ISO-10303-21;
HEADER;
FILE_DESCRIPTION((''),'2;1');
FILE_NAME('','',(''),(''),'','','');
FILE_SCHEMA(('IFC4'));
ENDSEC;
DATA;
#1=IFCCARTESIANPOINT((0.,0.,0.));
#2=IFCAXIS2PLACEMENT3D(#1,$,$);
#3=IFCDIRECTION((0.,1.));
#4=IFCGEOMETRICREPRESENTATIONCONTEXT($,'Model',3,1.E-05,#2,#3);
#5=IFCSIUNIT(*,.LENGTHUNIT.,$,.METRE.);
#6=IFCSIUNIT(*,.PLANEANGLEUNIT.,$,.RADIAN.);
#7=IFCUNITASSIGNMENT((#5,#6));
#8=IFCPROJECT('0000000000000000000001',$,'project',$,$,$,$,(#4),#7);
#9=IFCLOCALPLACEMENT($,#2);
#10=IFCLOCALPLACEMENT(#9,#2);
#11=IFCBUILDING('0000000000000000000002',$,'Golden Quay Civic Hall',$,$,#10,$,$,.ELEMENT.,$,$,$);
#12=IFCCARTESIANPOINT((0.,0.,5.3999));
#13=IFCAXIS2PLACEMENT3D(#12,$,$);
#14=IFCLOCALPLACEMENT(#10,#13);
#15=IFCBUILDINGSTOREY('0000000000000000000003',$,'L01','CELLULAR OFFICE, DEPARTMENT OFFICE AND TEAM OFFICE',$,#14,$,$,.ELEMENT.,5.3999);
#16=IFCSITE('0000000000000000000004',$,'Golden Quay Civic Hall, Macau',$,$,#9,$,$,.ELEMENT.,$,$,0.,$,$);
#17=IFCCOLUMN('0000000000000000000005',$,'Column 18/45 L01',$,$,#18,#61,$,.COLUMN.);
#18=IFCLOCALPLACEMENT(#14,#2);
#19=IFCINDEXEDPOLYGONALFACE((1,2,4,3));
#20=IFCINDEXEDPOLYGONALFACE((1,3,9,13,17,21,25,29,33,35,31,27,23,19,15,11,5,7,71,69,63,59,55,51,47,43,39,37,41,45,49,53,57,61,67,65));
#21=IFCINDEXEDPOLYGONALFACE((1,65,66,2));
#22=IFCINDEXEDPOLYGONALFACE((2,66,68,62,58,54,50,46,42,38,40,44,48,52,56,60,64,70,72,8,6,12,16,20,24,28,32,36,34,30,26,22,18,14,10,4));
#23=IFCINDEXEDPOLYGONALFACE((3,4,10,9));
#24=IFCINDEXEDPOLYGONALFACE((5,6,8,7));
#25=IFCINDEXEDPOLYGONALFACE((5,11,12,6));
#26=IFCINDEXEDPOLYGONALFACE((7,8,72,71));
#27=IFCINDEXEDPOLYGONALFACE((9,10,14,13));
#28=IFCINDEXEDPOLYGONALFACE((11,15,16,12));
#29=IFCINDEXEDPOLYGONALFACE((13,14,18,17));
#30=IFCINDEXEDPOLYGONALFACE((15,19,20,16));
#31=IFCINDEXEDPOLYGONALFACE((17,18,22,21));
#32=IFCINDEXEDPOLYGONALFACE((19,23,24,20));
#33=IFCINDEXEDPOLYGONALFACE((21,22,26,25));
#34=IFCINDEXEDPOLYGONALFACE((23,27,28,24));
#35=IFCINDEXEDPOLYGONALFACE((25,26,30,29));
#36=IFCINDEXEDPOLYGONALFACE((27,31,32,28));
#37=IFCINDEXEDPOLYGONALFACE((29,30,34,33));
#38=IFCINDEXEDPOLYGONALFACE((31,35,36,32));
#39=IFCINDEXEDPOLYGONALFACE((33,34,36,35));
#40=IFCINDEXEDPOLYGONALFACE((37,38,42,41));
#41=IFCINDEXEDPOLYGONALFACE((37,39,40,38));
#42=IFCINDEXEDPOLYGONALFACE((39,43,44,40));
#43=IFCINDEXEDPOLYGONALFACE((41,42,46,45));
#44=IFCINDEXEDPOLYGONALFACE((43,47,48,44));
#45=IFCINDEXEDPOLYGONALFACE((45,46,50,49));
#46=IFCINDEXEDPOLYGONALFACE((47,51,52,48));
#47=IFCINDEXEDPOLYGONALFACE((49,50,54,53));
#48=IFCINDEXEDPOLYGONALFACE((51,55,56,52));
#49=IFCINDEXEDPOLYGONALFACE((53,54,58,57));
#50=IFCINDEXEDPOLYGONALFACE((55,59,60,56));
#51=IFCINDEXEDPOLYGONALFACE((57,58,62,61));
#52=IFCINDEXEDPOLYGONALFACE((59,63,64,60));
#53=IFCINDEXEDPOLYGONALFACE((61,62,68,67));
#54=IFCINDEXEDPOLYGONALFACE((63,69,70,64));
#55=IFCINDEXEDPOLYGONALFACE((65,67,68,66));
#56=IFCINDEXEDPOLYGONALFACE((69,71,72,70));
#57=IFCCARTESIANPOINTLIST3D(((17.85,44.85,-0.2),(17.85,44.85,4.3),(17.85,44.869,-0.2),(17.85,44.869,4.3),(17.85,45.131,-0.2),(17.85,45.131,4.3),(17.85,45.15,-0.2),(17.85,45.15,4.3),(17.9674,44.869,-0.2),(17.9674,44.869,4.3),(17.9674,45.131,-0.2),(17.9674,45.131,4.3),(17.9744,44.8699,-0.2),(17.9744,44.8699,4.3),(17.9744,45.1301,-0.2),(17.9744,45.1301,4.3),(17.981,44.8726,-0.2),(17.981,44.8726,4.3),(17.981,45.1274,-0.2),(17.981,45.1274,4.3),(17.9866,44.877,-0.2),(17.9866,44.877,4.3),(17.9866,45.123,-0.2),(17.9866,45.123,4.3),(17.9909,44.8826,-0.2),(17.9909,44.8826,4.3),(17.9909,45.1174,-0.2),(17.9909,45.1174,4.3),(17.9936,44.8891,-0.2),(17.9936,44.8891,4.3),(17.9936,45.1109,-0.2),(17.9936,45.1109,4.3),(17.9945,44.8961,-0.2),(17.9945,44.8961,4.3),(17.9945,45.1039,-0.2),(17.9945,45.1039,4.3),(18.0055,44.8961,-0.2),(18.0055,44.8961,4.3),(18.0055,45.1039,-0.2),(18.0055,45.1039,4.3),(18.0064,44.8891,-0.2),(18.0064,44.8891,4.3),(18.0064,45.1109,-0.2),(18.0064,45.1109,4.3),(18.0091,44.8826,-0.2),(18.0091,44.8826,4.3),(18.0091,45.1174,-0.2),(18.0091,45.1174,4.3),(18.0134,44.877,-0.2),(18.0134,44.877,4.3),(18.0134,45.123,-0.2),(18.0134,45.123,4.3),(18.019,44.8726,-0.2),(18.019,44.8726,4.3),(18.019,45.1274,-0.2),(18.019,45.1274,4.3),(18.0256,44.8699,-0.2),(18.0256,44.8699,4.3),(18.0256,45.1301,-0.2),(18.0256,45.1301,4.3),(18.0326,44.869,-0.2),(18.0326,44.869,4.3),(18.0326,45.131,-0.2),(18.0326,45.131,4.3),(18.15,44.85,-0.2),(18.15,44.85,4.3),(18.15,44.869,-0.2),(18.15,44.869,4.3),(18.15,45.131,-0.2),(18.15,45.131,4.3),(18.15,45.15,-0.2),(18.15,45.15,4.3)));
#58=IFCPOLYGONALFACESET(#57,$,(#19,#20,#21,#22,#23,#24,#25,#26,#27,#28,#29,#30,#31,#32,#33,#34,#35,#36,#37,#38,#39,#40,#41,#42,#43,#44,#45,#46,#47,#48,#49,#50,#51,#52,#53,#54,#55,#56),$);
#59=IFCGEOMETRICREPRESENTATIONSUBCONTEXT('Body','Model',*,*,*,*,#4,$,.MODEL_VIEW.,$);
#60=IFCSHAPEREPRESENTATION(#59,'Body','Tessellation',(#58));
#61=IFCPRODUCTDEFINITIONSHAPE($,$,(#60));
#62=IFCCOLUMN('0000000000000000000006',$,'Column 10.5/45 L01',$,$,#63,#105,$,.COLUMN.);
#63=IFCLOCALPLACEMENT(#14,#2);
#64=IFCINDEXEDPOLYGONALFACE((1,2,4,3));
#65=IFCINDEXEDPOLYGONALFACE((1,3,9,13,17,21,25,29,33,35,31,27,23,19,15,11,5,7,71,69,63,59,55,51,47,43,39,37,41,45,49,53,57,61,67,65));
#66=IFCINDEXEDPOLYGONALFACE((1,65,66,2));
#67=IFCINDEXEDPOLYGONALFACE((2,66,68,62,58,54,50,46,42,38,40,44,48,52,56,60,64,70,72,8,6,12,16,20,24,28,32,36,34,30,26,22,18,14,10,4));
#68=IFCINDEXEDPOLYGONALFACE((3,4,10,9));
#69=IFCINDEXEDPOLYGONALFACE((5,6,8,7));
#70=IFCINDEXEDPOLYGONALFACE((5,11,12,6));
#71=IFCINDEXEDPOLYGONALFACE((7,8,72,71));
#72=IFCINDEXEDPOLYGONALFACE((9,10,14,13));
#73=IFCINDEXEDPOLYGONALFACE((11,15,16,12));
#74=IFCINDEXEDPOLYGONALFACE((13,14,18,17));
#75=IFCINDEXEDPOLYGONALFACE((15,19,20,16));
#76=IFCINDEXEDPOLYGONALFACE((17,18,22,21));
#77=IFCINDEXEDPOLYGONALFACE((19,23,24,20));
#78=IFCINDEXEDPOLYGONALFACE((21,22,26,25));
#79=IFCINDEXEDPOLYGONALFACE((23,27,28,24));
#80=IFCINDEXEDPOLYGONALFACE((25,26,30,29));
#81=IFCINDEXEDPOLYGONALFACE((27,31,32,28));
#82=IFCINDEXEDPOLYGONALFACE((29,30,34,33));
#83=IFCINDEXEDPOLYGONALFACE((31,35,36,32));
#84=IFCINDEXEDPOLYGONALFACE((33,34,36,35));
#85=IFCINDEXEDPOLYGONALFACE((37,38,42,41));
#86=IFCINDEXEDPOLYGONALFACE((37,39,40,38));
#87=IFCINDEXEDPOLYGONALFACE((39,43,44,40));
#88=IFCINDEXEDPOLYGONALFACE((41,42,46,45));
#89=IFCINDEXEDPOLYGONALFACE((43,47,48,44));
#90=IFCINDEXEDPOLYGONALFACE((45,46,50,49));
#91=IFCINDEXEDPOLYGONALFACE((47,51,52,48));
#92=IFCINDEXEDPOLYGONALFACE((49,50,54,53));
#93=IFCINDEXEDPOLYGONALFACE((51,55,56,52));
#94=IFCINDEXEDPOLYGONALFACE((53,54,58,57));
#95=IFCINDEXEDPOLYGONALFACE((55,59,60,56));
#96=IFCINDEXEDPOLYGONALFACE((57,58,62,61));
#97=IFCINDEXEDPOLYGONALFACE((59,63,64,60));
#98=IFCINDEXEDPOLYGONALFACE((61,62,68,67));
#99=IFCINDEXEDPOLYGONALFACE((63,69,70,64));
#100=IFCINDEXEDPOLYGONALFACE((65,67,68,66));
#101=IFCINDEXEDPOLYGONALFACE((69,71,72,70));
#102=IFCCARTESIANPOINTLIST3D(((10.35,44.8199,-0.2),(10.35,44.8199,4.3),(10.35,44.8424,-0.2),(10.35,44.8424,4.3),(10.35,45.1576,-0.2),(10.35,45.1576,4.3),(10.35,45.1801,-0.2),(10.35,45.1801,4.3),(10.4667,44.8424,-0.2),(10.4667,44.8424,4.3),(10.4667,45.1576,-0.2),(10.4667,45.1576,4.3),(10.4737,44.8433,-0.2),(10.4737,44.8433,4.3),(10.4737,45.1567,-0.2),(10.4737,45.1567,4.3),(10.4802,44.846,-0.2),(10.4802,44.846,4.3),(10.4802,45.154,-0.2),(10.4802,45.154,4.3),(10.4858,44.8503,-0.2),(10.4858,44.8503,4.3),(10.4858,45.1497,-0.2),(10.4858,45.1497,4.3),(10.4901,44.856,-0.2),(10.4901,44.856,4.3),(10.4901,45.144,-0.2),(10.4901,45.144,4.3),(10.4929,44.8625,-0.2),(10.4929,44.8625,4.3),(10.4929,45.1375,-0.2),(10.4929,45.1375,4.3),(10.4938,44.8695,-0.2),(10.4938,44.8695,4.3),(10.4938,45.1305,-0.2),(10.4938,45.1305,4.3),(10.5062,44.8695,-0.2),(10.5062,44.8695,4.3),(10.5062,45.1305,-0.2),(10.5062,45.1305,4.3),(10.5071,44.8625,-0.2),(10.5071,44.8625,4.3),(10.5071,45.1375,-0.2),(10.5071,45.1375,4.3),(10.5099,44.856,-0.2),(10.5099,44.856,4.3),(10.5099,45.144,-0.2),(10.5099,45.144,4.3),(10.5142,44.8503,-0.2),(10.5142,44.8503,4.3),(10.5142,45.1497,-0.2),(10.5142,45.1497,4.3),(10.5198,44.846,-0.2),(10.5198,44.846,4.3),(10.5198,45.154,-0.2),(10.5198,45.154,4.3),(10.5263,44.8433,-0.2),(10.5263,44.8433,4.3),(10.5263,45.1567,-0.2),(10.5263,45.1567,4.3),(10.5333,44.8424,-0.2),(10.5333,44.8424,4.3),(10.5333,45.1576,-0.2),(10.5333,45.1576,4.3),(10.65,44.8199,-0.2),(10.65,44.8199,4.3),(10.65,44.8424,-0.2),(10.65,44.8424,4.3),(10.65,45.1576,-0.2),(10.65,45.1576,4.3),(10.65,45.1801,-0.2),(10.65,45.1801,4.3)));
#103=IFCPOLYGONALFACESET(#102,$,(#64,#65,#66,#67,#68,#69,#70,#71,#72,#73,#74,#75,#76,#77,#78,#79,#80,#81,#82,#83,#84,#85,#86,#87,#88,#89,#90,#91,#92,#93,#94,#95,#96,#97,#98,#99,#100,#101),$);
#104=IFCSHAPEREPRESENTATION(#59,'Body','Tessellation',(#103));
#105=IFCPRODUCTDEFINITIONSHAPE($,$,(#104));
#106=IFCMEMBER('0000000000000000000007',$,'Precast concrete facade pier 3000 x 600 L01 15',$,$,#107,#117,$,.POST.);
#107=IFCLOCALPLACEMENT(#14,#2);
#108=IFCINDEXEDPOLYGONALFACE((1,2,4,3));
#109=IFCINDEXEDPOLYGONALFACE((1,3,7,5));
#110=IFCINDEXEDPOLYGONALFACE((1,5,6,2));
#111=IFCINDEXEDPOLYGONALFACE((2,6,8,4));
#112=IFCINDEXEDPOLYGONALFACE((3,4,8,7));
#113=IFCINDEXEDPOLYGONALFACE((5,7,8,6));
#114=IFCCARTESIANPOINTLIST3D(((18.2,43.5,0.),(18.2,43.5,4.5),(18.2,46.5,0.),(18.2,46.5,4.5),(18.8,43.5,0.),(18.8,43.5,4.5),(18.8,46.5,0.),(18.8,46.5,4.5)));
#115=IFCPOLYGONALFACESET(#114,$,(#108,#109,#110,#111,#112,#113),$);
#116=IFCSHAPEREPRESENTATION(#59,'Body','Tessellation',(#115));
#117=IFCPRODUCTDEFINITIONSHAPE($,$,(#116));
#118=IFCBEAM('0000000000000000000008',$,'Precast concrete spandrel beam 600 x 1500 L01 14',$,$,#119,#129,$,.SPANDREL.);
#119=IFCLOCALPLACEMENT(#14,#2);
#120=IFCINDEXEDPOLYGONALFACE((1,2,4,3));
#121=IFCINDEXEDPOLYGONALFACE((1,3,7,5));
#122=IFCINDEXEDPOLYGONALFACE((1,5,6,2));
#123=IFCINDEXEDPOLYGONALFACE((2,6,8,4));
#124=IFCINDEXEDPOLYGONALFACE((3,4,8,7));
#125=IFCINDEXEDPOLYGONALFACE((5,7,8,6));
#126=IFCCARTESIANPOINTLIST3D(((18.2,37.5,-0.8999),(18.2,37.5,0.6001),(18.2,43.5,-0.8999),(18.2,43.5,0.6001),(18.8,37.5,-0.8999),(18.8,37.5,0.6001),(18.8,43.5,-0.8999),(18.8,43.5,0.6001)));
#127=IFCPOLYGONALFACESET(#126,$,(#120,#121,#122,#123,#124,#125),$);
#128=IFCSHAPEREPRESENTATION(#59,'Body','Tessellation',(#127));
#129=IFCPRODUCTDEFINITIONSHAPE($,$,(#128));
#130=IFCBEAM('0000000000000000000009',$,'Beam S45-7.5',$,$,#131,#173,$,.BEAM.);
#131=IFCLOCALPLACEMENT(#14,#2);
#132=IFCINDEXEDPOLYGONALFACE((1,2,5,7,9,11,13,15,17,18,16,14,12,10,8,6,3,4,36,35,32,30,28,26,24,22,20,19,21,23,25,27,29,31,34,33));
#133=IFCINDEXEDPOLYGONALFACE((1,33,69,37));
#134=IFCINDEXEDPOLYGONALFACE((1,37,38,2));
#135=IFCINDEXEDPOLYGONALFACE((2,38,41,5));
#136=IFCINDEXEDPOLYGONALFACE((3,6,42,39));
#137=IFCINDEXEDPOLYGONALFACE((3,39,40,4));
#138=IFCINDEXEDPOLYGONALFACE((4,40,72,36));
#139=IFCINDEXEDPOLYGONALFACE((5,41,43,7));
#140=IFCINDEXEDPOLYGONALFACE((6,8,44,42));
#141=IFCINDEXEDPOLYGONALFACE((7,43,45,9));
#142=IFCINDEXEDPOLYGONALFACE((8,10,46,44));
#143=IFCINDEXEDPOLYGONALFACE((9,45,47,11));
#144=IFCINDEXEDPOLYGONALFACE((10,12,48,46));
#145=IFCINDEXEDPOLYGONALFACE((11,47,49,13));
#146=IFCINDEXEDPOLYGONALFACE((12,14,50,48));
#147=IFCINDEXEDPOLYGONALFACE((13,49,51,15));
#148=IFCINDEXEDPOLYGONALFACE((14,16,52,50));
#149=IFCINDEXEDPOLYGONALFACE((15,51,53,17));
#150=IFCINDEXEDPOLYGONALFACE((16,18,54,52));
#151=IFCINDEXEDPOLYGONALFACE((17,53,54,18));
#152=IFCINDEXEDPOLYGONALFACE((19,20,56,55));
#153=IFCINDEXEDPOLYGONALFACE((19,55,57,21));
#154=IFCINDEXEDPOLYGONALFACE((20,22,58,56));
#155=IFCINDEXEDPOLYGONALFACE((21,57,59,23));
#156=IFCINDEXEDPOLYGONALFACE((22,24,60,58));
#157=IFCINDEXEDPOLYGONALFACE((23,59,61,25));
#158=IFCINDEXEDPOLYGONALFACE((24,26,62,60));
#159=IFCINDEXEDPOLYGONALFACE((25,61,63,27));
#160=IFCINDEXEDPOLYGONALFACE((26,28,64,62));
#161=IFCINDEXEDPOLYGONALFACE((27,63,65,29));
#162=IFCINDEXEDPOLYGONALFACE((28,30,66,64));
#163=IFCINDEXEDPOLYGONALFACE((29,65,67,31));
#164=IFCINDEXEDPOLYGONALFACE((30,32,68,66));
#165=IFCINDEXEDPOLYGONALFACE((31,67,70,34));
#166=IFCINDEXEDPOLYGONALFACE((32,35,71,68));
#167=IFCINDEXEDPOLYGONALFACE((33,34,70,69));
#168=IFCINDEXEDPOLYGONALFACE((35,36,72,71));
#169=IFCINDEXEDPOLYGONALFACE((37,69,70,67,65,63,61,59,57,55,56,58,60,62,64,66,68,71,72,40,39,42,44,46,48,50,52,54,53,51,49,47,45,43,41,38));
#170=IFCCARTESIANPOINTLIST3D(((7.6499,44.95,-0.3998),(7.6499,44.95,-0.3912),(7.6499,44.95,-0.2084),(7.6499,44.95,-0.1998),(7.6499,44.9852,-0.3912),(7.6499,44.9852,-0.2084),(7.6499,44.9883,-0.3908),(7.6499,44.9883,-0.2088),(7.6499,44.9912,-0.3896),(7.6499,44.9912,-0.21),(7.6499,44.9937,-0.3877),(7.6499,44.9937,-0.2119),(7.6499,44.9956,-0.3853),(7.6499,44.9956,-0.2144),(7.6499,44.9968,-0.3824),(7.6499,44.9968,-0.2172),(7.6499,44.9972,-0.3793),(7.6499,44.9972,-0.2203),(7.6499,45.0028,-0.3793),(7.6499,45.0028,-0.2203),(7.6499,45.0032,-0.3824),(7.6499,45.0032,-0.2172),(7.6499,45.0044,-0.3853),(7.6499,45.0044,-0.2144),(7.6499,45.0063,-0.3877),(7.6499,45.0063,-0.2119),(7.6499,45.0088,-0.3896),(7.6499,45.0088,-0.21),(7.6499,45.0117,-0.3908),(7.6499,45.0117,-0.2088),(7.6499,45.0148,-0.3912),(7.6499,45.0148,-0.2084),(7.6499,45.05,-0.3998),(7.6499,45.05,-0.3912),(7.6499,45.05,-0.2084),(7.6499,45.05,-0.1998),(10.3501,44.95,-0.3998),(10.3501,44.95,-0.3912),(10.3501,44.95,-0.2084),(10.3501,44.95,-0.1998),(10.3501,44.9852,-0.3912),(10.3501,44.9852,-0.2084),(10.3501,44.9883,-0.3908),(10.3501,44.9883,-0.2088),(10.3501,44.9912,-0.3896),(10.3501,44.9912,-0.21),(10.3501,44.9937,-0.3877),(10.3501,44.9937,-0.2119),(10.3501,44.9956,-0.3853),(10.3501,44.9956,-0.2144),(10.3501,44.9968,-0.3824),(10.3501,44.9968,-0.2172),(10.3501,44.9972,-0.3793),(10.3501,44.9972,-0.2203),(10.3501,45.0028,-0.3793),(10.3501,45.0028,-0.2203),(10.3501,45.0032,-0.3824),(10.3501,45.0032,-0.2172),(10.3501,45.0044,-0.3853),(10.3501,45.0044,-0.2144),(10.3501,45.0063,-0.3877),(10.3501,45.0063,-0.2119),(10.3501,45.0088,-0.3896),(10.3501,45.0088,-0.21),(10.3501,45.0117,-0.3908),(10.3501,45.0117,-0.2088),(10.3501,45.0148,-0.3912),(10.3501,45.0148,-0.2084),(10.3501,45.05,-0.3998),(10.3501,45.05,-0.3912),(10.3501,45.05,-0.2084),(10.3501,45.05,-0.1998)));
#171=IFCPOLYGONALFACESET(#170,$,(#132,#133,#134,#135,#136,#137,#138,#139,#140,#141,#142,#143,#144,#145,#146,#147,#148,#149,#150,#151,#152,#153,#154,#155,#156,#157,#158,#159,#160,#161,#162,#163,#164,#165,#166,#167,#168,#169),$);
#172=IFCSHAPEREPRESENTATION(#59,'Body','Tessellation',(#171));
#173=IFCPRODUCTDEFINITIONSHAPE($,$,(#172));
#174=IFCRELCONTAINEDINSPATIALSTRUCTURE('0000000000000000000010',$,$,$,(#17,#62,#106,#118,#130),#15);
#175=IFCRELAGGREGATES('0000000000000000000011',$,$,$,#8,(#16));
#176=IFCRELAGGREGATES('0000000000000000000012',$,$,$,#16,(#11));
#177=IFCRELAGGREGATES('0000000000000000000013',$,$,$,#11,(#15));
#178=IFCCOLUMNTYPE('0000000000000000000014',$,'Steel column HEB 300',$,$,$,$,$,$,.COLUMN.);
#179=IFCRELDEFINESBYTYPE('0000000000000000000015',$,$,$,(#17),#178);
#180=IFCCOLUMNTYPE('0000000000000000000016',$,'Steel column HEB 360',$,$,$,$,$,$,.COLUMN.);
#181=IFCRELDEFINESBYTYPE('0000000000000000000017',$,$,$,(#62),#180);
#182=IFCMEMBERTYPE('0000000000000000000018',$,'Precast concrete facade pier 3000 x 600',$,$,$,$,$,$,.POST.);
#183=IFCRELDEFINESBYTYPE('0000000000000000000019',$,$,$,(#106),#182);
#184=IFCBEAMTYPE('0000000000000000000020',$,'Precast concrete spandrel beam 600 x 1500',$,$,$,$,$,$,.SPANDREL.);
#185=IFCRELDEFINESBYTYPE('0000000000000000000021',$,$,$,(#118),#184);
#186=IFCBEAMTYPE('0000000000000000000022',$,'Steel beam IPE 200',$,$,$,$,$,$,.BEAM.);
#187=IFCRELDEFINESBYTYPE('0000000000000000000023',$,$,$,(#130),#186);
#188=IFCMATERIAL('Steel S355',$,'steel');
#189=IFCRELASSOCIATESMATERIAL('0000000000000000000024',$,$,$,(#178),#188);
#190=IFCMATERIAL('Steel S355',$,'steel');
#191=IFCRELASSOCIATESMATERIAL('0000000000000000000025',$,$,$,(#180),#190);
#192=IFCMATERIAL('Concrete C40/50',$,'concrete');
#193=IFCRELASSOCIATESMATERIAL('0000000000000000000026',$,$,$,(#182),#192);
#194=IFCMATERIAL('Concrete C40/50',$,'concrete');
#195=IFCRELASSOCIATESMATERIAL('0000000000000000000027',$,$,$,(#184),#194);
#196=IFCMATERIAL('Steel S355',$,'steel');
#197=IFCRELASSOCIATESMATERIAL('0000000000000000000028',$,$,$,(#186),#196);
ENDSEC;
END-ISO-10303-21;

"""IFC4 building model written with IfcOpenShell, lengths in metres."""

from ifc_helpers import new_model, si_unit, direction, frame, origin, origin_2d, place, context, subcontext, project, spatial, rectangle, i_section, extrude, material, material_profile, profile_set, type_object, element, save


model = new_model("IFC4")

# Units and contexts
model_context = context("Model", 3, precision=1e-05, world=origin(), true_north=direction((0.0, 1.0)))
body_context = subcontext(model_context, "Body", "Model", "MODEL_VIEW")
ifc_project = project(units=[si_unit("LENGTHUNIT", "METRE"), si_unit("PLANEANGLEUNIT", "RADIAN")], contexts=[model_context])

# Site, building, storey
site_placement = place(None, origin())
site = spatial("IfcSite", under=ifc_project, at=site_placement, Name="Golden Quay Civic Hall, Macau", CompositionType="ELEMENT", RefElevation=0.0)
building_placement = place(site_placement, origin())
building = spatial("IfcBuilding", under=site, at=building_placement, Name="Golden Quay Civic Hall", CompositionType="ELEMENT")
storey_placement = place(building_placement, frame((0.0, 0.0, 5.3999)))
storey = spatial("IfcBuildingStorey", under=building, at=storey_placement, Name="L01", Description="CELLULAR OFFICE, DEPARTMENT OFFICE AND TEAM OFFICE", CompositionType="ELEMENT", Elevation=5.3999)

# Columns
ifc_material_1 = material(Name="Steel S355", Category="steel")
ifc_material_profile_1 = material_profile(ifc_material_1, i_section(OverallWidth=0.3, OverallDepth=0.3, WebThickness=0.011, FlangeThickness=0.019, FilletRadius=0.0271, at=origin_2d()), Name="HEB 300")
ifc_profile_set_1 = profile_set([ifc_material_profile_1], Name="Steel S355")
column_type_1 = type_object("IfcColumnType", Name="Steel column HEB 300", PredefinedType="COLUMN", material=ifc_profile_set_1)
column_1_placement = place(storey_placement, frame((18.0, 45.0, -0.2), z_axis=(0.0, 0.0, 1.0), x_axis=(1.0, 0.0, 0.0)))
element("IfcColumn", 1, at=column_1_placement, inside=storey, type_object=column_type_1, Name="Column 18/45 L01", PredefinedType="COLUMN", context=body_context, shape_type="SweptSolid", body=[
    extrude(i_section(OverallWidth=0.3, OverallDepth=0.3, WebThickness=0.011, FlangeThickness=0.019, FilletRadius=0.0271, at=origin_2d()), origin(), (0.0, 0.0, 1.0), 4.5),
])
ifc_material_2 = material(Name="Steel S355", Category="steel")
ifc_material_profile_2 = material_profile(ifc_material_2, i_section(OverallWidth=0.3, OverallDepth=0.3601, WebThickness=0.0125, FlangeThickness=0.0225, FilletRadius=0.0271, at=origin_2d()), Name="HEB 360")
ifc_profile_set_2 = profile_set([ifc_material_profile_2], Name="Steel S355")
column_type_2 = type_object("IfcColumnType", Name="Steel column HEB 360", PredefinedType="COLUMN", material=ifc_profile_set_2)
column_2_placement = place(storey_placement, frame((10.5, 45.0, -0.2), z_axis=(0.0, 0.0, 1.0), x_axis=(1.0, 0.0, 0.0)))
element("IfcColumn", 2, at=column_2_placement, inside=storey, type_object=column_type_2, Name="Column 10.5/45 L01", PredefinedType="COLUMN", context=body_context, shape_type="SweptSolid", body=[
    extrude(i_section(OverallWidth=0.3, OverallDepth=0.3601, WebThickness=0.0125, FlangeThickness=0.0225, FilletRadius=0.0271, at=origin_2d()), origin(), (0.0, 0.0, 1.0), 4.5),
])

# Member
ifc_material_3 = material(Name="Concrete C40/50", Category="concrete")
ifc_material_profile_3 = material_profile(ifc_material_3, rectangle(XDim=3.0, YDim=0.6001, at=origin_2d()), Name="RC 3000x600")
ifc_profile_set_3 = profile_set([ifc_material_profile_3], Name="Concrete C40/50")
member_type = type_object("IfcMemberType", Name="Precast concrete facade pier 3000 x 600", PredefinedType="POST", material=ifc_profile_set_3)
member_placement = place(storey_placement, frame((18.5, 45.0, 0.0), z_axis=(0.0, 0.0, 1.0), x_axis=(0.0, 1.0, 0.0)))
element("IfcMember", 3, at=member_placement, inside=storey, type_object=member_type, Name="Precast concrete facade pier 3000 x 600 L01 15", PredefinedType="POST", context=body_context, shape_type="SweptSolid", body=[
    extrude(rectangle(XDim=3.0, YDim=0.6001, at=origin_2d()), origin(), (0.0, 0.0, 1.0), 4.5),
])

# Beams
ifc_material_4 = material(Name="Concrete C40/50", Category="concrete")
ifc_material_profile_4 = material_profile(ifc_material_4, rectangle(XDim=0.6001, YDim=1.5, at=origin_2d()), Name="RC 600x1500")
ifc_profile_set_4 = profile_set([ifc_material_profile_4], Name="Concrete C40/50")
beam_type_1 = type_object("IfcBeamType", Name="Precast concrete spandrel beam 600 x 1500", PredefinedType="SPANDREL", material=ifc_profile_set_4)
beam_1_placement = place(storey_placement, frame((18.5, 37.5, -0.1499), z_axis=(0.0, 1.0, 0.0), x_axis=(-1.0, 0.0, 0.0)))
element("IfcBeam", 4, at=beam_1_placement, inside=storey, type_object=beam_type_1, Name="Precast concrete spandrel beam 600 x 1500 L01 14", PredefinedType="SPANDREL", context=body_context, shape_type="SweptSolid", body=[
    extrude(rectangle(XDim=0.6001, YDim=1.5, at=origin_2d()), origin(), (0.0, 0.0, 1.0), 6.0),
])
ifc_material_5 = material(Name="Steel S355", Category="steel")
ifc_material_profile_5 = material_profile(ifc_material_5, i_section(OverallWidth=0.1001, OverallDepth=0.2, WebThickness=0.0056, FlangeThickness=0.0085, FilletRadius=0.012, at=origin_2d()), Name="IPE 200")
ifc_profile_set_5 = profile_set([ifc_material_profile_5], Name="Steel S355")
beam_type_2 = type_object("IfcBeamType", Name="Steel beam IPE 200", PredefinedType="BEAM", material=ifc_profile_set_5)
beam_2_placement = place(storey_placement, frame((7.6499, 45.0, -0.2998), z_axis=(1.0, 0.0, 0.0), x_axis=(0.0, 1.0, 0.0)))
element("IfcBeam", 5, at=beam_2_placement, inside=storey, type_object=beam_type_2, Name="Beam S45-7.5", PredefinedType="BEAM", context=body_context, shape_type="SweptSolid", body=[
    extrude(i_section(OverallWidth=0.1001, OverallDepth=0.2, WebThickness=0.0056, FlangeThickness=0.0085, FilletRadius=0.012, at=origin_2d()), origin(), (0.0, 0.0, 1.0), 2.7002),
])

save(model, "model.ifc")
